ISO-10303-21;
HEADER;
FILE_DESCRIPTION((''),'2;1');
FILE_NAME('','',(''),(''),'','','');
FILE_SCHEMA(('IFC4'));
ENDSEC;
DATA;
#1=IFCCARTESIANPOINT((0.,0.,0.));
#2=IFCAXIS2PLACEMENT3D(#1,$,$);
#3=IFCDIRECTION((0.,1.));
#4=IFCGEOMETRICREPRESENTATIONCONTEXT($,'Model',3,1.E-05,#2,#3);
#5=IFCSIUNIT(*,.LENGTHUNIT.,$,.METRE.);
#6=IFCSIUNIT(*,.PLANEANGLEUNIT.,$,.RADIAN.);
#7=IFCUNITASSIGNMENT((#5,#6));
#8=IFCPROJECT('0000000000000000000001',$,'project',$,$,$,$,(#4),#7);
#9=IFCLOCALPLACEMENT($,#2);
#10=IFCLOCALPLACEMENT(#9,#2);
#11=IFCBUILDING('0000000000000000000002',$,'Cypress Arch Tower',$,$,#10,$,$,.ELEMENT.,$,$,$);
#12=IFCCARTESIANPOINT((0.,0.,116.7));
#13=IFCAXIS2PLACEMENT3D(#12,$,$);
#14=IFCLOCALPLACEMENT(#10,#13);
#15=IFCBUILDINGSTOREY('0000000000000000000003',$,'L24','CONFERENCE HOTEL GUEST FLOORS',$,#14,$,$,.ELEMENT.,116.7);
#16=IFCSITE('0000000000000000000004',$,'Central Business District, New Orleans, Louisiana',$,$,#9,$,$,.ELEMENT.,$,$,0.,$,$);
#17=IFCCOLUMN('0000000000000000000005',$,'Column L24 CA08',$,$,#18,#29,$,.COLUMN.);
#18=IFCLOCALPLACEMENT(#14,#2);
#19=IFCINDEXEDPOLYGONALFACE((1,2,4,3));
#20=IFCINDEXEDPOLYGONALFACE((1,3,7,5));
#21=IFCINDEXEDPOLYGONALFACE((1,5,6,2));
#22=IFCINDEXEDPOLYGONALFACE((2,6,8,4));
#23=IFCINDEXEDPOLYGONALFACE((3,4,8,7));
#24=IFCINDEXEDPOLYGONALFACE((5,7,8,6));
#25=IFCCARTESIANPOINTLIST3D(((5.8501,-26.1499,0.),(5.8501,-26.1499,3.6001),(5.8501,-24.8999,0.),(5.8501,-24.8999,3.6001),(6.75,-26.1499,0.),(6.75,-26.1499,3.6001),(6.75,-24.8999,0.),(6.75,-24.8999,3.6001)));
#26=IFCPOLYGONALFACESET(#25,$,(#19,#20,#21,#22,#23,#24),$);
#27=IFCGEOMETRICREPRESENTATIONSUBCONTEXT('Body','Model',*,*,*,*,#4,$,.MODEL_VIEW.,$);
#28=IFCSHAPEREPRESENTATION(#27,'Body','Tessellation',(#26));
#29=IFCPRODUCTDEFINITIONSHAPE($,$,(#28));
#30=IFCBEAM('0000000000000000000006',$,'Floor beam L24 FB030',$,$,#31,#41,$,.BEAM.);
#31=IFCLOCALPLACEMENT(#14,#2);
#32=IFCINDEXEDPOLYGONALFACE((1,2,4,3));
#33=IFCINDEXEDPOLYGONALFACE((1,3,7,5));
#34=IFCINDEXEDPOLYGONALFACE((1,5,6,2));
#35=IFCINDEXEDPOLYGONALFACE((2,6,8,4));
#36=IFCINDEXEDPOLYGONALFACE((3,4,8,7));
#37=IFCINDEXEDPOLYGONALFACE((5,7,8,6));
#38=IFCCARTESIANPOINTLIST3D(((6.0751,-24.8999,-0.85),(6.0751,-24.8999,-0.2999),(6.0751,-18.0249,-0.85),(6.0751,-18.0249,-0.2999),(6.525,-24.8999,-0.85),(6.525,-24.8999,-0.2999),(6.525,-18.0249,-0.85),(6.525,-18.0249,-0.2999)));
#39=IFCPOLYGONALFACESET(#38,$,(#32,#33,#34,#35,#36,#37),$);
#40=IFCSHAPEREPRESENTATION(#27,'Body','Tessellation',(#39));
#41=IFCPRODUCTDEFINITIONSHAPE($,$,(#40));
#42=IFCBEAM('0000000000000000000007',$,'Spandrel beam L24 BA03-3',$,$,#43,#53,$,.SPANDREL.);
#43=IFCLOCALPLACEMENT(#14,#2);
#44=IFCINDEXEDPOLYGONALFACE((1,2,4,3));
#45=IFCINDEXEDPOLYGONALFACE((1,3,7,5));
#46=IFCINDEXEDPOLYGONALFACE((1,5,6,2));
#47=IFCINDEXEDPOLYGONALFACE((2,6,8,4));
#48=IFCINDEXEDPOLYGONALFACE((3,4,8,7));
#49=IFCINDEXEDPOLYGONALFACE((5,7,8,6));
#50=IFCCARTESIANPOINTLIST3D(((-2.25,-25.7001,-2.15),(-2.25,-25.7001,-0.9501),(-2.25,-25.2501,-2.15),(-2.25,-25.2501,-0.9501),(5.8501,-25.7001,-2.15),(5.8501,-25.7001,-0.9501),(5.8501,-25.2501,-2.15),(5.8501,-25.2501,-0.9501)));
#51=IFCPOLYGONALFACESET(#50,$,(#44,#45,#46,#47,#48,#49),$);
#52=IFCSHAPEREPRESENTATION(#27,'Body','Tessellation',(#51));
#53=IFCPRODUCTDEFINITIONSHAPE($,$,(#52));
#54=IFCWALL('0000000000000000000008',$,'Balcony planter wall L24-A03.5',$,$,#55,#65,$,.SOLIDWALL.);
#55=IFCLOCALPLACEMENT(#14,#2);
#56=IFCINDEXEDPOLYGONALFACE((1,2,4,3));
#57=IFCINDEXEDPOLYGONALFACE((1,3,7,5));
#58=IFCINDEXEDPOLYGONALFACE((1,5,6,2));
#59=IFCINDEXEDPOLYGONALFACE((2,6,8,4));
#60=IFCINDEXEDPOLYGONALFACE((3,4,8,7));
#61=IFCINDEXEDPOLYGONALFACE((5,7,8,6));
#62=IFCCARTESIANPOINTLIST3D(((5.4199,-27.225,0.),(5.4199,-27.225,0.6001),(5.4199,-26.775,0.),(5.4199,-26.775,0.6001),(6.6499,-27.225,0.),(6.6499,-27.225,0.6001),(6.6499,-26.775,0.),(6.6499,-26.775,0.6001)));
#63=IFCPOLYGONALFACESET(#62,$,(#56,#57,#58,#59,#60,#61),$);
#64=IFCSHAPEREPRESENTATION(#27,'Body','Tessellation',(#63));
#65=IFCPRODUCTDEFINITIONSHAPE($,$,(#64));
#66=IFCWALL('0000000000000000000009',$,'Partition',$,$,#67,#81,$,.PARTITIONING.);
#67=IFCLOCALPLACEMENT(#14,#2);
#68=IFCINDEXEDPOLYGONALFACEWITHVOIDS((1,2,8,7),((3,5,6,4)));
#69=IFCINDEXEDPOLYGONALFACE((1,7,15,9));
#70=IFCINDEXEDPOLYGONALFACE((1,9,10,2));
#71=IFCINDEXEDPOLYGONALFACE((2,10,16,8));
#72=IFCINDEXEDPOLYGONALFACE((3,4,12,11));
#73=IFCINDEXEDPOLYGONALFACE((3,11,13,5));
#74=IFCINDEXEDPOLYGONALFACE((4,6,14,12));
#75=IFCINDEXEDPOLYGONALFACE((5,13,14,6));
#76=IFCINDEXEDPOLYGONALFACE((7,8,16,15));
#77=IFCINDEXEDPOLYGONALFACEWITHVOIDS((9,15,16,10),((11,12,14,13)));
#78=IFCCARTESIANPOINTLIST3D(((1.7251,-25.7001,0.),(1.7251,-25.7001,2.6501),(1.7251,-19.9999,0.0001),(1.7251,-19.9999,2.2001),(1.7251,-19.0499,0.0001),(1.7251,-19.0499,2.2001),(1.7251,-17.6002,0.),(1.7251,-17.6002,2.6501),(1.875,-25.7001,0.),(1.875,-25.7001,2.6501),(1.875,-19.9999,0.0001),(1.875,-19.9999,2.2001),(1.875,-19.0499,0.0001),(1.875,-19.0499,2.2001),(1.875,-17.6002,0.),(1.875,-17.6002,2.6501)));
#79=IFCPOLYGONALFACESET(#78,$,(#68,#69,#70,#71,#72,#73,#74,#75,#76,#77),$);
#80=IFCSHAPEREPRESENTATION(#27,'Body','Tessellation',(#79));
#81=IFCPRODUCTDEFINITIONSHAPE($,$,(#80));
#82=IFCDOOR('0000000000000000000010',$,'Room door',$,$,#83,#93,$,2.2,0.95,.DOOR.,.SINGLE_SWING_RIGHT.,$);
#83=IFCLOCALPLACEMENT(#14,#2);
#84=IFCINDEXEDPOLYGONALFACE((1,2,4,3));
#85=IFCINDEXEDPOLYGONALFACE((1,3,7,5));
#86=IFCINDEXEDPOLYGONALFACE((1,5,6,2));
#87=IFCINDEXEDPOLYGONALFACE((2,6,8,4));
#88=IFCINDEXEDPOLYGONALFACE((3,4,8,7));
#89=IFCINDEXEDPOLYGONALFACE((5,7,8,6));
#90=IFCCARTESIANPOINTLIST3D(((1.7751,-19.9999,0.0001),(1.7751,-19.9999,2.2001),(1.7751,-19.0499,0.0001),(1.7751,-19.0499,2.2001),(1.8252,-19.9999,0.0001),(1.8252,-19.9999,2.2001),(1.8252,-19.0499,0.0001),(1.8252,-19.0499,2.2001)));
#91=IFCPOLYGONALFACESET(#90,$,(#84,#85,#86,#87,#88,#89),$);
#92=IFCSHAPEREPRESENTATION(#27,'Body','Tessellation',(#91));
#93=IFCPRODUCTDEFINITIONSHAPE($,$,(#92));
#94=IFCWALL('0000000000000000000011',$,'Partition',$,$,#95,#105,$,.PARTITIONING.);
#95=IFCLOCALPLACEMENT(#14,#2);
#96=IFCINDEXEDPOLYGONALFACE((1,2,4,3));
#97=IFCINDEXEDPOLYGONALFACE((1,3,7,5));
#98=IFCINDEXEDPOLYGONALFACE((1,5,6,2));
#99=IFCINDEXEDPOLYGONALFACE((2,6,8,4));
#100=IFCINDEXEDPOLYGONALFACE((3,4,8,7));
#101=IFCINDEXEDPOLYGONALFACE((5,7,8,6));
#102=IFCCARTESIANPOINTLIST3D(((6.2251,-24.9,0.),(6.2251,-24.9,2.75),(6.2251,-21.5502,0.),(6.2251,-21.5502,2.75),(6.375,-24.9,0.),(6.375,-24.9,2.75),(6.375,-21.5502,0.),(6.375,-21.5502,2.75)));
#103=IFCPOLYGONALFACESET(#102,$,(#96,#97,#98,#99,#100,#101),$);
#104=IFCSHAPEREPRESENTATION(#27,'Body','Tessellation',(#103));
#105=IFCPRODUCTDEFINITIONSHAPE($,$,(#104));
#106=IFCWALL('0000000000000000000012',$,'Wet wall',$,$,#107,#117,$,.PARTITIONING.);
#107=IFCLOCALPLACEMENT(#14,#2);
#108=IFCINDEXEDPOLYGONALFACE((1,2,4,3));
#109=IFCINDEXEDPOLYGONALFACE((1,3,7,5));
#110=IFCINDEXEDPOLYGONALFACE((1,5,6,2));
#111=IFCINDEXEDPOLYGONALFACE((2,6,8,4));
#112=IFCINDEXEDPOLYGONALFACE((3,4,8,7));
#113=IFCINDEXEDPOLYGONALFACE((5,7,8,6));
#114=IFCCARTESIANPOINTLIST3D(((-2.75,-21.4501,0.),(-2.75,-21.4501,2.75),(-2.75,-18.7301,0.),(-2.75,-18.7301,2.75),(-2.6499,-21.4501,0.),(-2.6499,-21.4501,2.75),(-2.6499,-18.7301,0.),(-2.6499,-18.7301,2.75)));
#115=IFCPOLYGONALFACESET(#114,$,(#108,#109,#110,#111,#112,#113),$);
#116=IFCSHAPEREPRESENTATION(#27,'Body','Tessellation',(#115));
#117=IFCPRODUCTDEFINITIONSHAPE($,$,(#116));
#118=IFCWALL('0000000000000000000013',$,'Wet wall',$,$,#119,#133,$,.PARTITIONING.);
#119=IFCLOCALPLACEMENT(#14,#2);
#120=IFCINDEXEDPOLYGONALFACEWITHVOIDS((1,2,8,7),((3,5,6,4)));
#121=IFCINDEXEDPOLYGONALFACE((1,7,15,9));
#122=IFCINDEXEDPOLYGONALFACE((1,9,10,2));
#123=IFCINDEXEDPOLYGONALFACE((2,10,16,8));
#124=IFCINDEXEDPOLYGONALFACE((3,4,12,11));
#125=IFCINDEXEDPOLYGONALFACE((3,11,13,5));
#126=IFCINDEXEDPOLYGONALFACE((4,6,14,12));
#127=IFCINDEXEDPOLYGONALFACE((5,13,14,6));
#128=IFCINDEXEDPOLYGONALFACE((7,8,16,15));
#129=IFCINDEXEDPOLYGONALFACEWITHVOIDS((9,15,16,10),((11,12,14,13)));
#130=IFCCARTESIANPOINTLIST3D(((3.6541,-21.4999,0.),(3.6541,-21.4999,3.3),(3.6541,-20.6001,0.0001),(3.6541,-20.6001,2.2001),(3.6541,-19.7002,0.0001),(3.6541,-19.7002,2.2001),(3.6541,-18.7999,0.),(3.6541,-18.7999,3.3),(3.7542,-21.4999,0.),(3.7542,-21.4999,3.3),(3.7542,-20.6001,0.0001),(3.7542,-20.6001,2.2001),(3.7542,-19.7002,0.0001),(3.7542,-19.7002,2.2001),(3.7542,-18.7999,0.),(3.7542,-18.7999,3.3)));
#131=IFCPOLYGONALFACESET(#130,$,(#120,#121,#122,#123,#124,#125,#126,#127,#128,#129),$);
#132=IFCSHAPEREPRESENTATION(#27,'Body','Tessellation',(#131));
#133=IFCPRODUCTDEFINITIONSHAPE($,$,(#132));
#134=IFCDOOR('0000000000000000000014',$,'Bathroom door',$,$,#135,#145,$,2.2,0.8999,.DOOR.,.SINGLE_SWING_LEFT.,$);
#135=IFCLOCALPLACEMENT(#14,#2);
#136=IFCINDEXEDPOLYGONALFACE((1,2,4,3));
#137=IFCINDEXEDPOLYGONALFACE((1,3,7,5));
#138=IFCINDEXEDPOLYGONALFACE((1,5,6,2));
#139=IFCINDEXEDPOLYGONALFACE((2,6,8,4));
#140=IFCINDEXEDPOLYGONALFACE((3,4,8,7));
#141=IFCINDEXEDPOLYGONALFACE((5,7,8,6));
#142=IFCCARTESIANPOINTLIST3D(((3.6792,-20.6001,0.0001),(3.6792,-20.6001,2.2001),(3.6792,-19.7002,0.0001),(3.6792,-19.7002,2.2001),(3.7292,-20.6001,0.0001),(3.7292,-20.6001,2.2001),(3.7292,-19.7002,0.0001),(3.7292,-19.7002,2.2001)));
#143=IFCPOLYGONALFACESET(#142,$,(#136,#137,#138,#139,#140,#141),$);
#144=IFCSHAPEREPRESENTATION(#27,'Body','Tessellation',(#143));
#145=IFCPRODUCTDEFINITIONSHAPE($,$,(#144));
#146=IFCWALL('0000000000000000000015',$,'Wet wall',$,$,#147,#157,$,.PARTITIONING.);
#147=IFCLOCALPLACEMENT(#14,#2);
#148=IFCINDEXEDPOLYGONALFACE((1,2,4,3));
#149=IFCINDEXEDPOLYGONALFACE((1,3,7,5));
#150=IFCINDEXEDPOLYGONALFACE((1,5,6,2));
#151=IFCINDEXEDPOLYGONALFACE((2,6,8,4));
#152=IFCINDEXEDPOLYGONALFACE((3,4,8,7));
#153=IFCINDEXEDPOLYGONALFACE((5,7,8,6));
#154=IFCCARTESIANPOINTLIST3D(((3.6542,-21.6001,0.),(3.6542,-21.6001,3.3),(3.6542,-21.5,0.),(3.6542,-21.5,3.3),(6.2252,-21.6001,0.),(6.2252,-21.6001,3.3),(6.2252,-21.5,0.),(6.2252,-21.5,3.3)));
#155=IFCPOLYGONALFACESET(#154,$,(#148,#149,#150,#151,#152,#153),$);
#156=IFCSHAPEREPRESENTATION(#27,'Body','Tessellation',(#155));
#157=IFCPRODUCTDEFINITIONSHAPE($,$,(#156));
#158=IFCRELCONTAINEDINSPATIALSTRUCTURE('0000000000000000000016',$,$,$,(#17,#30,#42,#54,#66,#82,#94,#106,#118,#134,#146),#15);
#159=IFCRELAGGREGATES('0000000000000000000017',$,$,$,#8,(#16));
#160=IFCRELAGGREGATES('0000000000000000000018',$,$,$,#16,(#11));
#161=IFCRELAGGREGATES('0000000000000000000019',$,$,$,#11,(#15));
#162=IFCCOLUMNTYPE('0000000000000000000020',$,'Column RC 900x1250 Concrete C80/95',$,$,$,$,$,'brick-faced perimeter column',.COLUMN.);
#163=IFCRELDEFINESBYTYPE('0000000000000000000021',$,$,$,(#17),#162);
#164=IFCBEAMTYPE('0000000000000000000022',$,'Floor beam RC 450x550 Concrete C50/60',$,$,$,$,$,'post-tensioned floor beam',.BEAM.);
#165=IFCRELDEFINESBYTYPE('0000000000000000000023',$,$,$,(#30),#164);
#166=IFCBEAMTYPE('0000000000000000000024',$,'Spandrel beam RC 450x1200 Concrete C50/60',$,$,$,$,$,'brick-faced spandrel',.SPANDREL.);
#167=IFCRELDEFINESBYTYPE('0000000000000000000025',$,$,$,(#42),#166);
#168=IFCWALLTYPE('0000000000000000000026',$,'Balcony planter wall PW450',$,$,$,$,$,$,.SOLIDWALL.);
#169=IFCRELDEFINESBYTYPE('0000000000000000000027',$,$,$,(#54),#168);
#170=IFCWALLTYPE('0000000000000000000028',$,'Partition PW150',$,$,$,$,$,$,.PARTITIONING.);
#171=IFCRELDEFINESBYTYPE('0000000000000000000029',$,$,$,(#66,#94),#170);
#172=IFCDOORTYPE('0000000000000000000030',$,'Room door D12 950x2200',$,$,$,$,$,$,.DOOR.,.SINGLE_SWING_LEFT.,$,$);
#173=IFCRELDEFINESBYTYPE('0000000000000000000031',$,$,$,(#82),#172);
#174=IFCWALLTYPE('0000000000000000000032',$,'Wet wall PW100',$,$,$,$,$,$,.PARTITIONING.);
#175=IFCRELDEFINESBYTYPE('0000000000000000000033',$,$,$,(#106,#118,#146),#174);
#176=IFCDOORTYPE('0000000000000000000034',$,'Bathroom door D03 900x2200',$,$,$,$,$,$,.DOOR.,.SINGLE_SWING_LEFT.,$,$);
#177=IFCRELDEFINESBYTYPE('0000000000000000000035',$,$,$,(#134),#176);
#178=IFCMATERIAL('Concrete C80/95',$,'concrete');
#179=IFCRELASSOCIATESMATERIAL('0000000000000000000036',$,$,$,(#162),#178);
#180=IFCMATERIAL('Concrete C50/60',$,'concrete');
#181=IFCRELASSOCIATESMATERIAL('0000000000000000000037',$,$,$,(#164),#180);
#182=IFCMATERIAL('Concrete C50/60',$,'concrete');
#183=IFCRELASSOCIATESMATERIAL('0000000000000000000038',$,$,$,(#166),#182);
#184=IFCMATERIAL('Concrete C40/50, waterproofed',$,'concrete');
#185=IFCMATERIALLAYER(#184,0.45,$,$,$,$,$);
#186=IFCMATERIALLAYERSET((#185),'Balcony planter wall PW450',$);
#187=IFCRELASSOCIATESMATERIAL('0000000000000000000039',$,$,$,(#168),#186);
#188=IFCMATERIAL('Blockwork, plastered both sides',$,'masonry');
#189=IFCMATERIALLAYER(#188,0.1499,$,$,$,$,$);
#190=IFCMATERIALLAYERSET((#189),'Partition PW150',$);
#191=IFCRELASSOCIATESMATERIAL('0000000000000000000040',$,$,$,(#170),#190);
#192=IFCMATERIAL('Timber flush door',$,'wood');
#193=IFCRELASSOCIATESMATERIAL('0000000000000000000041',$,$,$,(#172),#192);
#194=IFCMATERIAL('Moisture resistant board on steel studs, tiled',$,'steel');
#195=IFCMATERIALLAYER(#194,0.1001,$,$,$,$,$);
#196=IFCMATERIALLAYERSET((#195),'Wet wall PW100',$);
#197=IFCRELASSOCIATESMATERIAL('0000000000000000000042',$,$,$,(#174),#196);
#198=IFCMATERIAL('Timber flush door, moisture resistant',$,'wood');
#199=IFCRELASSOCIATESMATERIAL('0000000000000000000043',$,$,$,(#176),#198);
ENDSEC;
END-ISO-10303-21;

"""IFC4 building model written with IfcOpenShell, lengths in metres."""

from ifc_helpers import new_model, si_unit, direction, frame, frame_2d, origin, origin_2d, place, context, subcontext, project, spatial, rectangle, extrude, material, layer, layer_set, material_profile, profile_set, type_object, element, fill, save


model = new_model("IFC4")

# Units and contexts
model_context = context("Model", 3, precision=1e-05, world=origin(), true_north=direction((0.0, 1.0)))
body_context = subcontext(model_context, "Body", "Model", "MODEL_VIEW")
ifc_project = project(units=[si_unit("LENGTHUNIT", "METRE"), si_unit("PLANEANGLEUNIT", "RADIAN")], contexts=[model_context])

# Site, building, storey
site_placement = place(None, origin())
site = spatial("IfcSite", under=ifc_project, at=site_placement, Name="Central Business District, New Orleans, Louisiana", CompositionType="ELEMENT", RefElevation=0.0)
building_placement = place(site_placement, origin())
building = spatial("IfcBuilding", under=site, at=building_placement, Name="Cypress Arch Tower", CompositionType="ELEMENT")
storey_placement = place(building_placement, frame((0.0, 0.0, 116.7)))
storey = spatial("IfcBuildingStorey", under=building, at=storey_placement, Name="L24", Description="CONFERENCE HOTEL GUEST FLOORS", CompositionType="ELEMENT", Elevation=116.7)

# Column
ifc_material_1 = material(Name="Concrete C80/95", Category="concrete")
ifc_material_profile_1 = material_profile(ifc_material_1, rectangle(XDim=0.8999, YDim=1.25, at=origin_2d()), Name="RC 900x1250")
ifc_profile_set_1 = profile_set([ifc_material_profile_1], Name="Concrete C80/95")
column_type = type_object("IfcColumnType", Name="Column RC 900x1250 Concrete C80/95", ElementType="brick-faced perimeter column", PredefinedType="COLUMN", material=ifc_profile_set_1)
column_placement = place(storey_placement, frame((6.3, -25.5249, 0.0), z_axis=(0.0, 0.0, 1.0), x_axis=(1.0, 0.0, 0.0)))
element("IfcColumn", 1, at=column_placement, inside=storey, type_object=column_type, Name="Column L24 CA08", PredefinedType="COLUMN", context=body_context, shape_type="SweptSolid", body=[
    extrude(rectangle(XDim=0.8999, YDim=1.25, at=origin_2d()), origin(), (0.0, 0.0, 1.0), 3.6001),
])

# Beams
ifc_material_2 = material(Name="Concrete C50/60", Category="concrete")
ifc_material_profile_2 = material_profile(ifc_material_2, rectangle(XDim=0.45, YDim=0.55, at=origin_2d()), Name="RC 450x550")
ifc_profile_set_2 = profile_set([ifc_material_profile_2], Name="Concrete C50/60")
beam_type_1 = type_object("IfcBeamType", Name="Floor beam RC 450x550 Concrete C50/60", ElementType="post-tensioned floor beam", PredefinedType="BEAM", material=ifc_profile_set_2)
beam_1_placement = place(storey_placement, frame((6.3, -24.8999, -0.575), z_axis=(0.0, 1.0, 0.0), x_axis=(-1.0, 0.0, 0.0)))
element("IfcBeam", 2, at=beam_1_placement, inside=storey, type_object=beam_type_1, Name="Floor beam L24 FB030", PredefinedType="BEAM", context=body_context, shape_type="SweptSolid", body=[
    extrude(rectangle(XDim=0.45, YDim=0.55, at=origin_2d()), origin(), (0.0, 0.0, 1.0), 6.875),
])
ifc_material_3 = material(Name="Concrete C50/60", Category="concrete")
ifc_material_profile_3 = material_profile(ifc_material_3, rectangle(XDim=0.45, YDim=1.2, at=origin_2d()), Name="RC 450x1200")
ifc_profile_set_3 = profile_set([ifc_material_profile_3], Name="Concrete C50/60")
beam_type_2 = type_object("IfcBeamType", Name="Spandrel beam RC 450x1200 Concrete C50/60", ElementType="brick-faced spandrel", PredefinedType="SPANDREL", material=ifc_profile_set_3)
beam_2_placement = place(storey_placement, frame((-2.25, -25.4751, -1.55), z_axis=(1.0, 0.0, 0.0), x_axis=(0.0, 1.0, 0.0)))
element("IfcBeam", 3, at=beam_2_placement, inside=storey, type_object=beam_type_2, Name="Spandrel beam L24 BA03-3", PredefinedType="SPANDREL", context=body_context, shape_type="SweptSolid", body=[
    extrude(rectangle(XDim=0.45, YDim=1.2, at=origin_2d()), origin(), (0.0, 0.0, 1.0), 8.1001),
])

# Wall
ifc_material_4 = material(Name="Concrete C40/50, waterproofed", Category="concrete")
ifc_layer_1 = layer(ifc_material_4, 0.45)
ifc_layer_set_1 = layer_set([ifc_layer_1], Name="Balcony planter wall PW450")
wall_type_1 = type_object("IfcWallType", Name="Balcony planter wall PW450", PredefinedType="SOLIDWALL", material=ifc_layer_set_1)
wall_1_placement = place(storey_placement, frame((5.4199, -27.0, 0.0), z_axis=(0.0, 0.0, 1.0), x_axis=(1.0, 0.0, 0.0)))
element("IfcWall", 4, at=wall_1_placement, inside=storey, type_object=wall_type_1, Name="Balcony planter wall L24-A03.5", PredefinedType="SOLIDWALL", context=body_context, shape_type="SweptSolid", body=[
    extrude(rectangle(XDim=1.23, YDim=0.45, at=frame_2d((0.615, 0.0))), origin(), (0.0, 0.0, 1.0), 0.6001),
])

# Wall, opening, door
ifc_material_5 = material(Name="Blockwork, plastered both sides", Category="masonry")
ifc_layer_2 = layer(ifc_material_5, 0.1499)
ifc_layer_set_2 = layer_set([ifc_layer_2], Name="Partition PW150")
wall_type_2 = type_object("IfcWallType", Name="Partition PW150", PredefinedType="PARTITIONING", material=ifc_layer_set_2)
wall_2_placement = place(storey_placement, frame((1.8, -25.7, 0.0), z_axis=(0.0, 0.0, 1.0), x_axis=(0.0, 1.0, 0.0)))
wall_2 = element("IfcWall", 5, at=wall_2_placement, inside=storey, type_object=wall_type_2, Name="Partition", PredefinedType="PARTITIONING", context=body_context, shape_type="SweptSolid", body=[
    extrude(rectangle(XDim=8.0999, YDim=0.1499, at=frame_2d((4.0498, 0.0))), origin(), (0.0, 0.0, 1.0), 2.6501),
])
opening_1_placement = place(wall_2_placement, frame((5.7, 0.0, 0.0)))
opening_1 = element("IfcOpeningElement", 6, at=opening_1_placement, cuts=wall_2, PredefinedType="OPENING", context=body_context, shape_type="SweptSolid", body=[
    extrude(rectangle(XDim=0.95, YDim=2.2, at=frame_2d((0.4751, 1.1001))), frame((0.0, 0.085, 0.0), z_axis=(0.0, -1.0, 0.0), x_axis=(1.0, 0.0, 0.0)), (0.0, 0.0, 1.0), 0.1699),
])
ifc_material_6 = material(Name="Timber flush door", Category="wood")
door_type_1 = type_object("IfcDoorType", Name="Room door D12 950x2200", OperationType="SINGLE_SWING_LEFT", PredefinedType="DOOR", material=ifc_material_6)
door_1_placement = place(opening_1_placement, origin())
door_1 = element("IfcDoor", 7, at=door_1_placement, inside=storey, type_object=door_type_1, Name="Room door", OperationType="SINGLE_SWING_RIGHT", OverallHeight=2.2, OverallWidth=0.95, PredefinedType="DOOR", context=body_context, shape_type="SweptSolid", body=[
    extrude(rectangle(XDim=0.95, YDim=2.2, at=frame_2d((0.4751, 1.1001))), frame((0.0, 0.0249, 0.0), z_axis=(0.0, -1.0, 0.0), x_axis=(1.0, 0.0, 0.0)), (0.0, 0.0, 1.0), 0.05),
])
fill(opening_1, door_1)

# Walls
wall_3_placement = place(storey_placement, frame((6.3, -24.8999, 0.0), z_axis=(0.0, 0.0, 1.0), x_axis=(0.0, 1.0, 0.0)))
element("IfcWall", 8, at=wall_3_placement, inside=storey, type_object=wall_type_2, Name="Partition", PredefinedType="PARTITIONING", context=body_context, shape_type="SweptSolid", body=[
    extrude(rectangle(XDim=3.3499, YDim=0.1499, at=frame_2d((1.6748, 0.0))), origin(), (0.0, 0.0, 1.0), 2.75),
])
ifc_material_7 = material(Name="Moisture resistant board on steel studs, tiled", Category="steel")
ifc_layer_3 = layer(ifc_material_7, 0.1001)
ifc_layer_set_3 = layer_set([ifc_layer_3], Name="Wet wall PW100")
wall_type_3 = type_object("IfcWallType", Name="Wet wall PW100", PredefinedType="PARTITIONING", material=ifc_layer_set_3)
wall_4_placement = place(storey_placement, frame((-2.7, -21.45, 0.0), z_axis=(0.0, 0.0, 1.0), x_axis=(0.0, 1.0, 0.0)))
element("IfcWall", 9, at=wall_4_placement, inside=storey, type_object=wall_type_3, Name="Wet wall", PredefinedType="PARTITIONING", context=body_context, shape_type="SweptSolid", body=[
    extrude(rectangle(XDim=2.72, YDim=0.1001, at=frame_2d((1.3599, 0.0))), origin(), (0.0, 0.0, 1.0), 2.75),
])

# Wall, opening, door
wall_5_placement = place(storey_placement, frame((3.7041, -21.5, 0.0), z_axis=(0.0, 0.0, 1.0), x_axis=(0.0, 1.0, 0.0)))
wall_5 = element("IfcWall", 10, at=wall_5_placement, inside=storey, type_object=wall_type_3, Name="Wet wall", PredefinedType="PARTITIONING", context=body_context, shape_type="SweptSolid", body=[
    extrude(rectangle(XDim=2.7, YDim=0.1001, at=frame_2d((1.3501, 0.0))), origin(), (0.0, 0.0, 1.0), 3.3),
])
opening_2_placement = place(wall_5_placement, frame((0.8999, 0.0, 0.0)))
opening_2 = element("IfcOpeningElement", 11, at=opening_2_placement, cuts=wall_5, PredefinedType="OPENING", context=body_context, shape_type="SweptSolid", body=[
    extrude(rectangle(XDim=0.8999, YDim=2.2, at=frame_2d((0.45, 1.1001))), frame((0.0, 0.0601, 0.0), z_axis=(0.0, -1.0, 0.0), x_axis=(1.0, 0.0, 0.0)), (0.0, 0.0, 1.0), 0.1201),
])
ifc_material_8 = material(Name="Timber flush door, moisture resistant", Category="wood")
door_type_2 = type_object("IfcDoorType", Name="Bathroom door D03 900x2200", OperationType="SINGLE_SWING_LEFT", PredefinedType="DOOR", material=ifc_material_8)
door_2_placement = place(opening_2_placement, origin())
door_2 = element("IfcDoor", 12, at=door_2_placement, inside=storey, type_object=door_type_2, Name="Bathroom door", OperationType="SINGLE_SWING_LEFT", OverallHeight=2.2, OverallWidth=0.8999, PredefinedType="DOOR", context=body_context, shape_type="SweptSolid", body=[
    extrude(rectangle(XDim=0.8999, YDim=2.2, at=frame_2d((0.45, 1.1001))), frame((0.0, 0.0249, 0.0), z_axis=(0.0, -1.0, 0.0), x_axis=(1.0, 0.0, 0.0)), (0.0, 0.0, 1.0), 0.05),
])
fill(opening_2, door_2)

# Wall
wall_6_placement = place(storey_placement, frame((3.6541, -21.55, 0.0), z_axis=(0.0, 0.0, 1.0), x_axis=(1.0, 0.0, 0.0)))
element("IfcWall", 13, at=wall_6_placement, inside=storey, type_object=wall_type_3, Name="Wet wall", PredefinedType="PARTITIONING", context=body_context, shape_type="SweptSolid", body=[
    extrude(rectangle(XDim=2.571, YDim=0.1001, at=frame_2d((1.2856, 0.0))), origin(), (0.0, 0.0, 1.0), 3.3),
])

save(model, "model.ifc")
